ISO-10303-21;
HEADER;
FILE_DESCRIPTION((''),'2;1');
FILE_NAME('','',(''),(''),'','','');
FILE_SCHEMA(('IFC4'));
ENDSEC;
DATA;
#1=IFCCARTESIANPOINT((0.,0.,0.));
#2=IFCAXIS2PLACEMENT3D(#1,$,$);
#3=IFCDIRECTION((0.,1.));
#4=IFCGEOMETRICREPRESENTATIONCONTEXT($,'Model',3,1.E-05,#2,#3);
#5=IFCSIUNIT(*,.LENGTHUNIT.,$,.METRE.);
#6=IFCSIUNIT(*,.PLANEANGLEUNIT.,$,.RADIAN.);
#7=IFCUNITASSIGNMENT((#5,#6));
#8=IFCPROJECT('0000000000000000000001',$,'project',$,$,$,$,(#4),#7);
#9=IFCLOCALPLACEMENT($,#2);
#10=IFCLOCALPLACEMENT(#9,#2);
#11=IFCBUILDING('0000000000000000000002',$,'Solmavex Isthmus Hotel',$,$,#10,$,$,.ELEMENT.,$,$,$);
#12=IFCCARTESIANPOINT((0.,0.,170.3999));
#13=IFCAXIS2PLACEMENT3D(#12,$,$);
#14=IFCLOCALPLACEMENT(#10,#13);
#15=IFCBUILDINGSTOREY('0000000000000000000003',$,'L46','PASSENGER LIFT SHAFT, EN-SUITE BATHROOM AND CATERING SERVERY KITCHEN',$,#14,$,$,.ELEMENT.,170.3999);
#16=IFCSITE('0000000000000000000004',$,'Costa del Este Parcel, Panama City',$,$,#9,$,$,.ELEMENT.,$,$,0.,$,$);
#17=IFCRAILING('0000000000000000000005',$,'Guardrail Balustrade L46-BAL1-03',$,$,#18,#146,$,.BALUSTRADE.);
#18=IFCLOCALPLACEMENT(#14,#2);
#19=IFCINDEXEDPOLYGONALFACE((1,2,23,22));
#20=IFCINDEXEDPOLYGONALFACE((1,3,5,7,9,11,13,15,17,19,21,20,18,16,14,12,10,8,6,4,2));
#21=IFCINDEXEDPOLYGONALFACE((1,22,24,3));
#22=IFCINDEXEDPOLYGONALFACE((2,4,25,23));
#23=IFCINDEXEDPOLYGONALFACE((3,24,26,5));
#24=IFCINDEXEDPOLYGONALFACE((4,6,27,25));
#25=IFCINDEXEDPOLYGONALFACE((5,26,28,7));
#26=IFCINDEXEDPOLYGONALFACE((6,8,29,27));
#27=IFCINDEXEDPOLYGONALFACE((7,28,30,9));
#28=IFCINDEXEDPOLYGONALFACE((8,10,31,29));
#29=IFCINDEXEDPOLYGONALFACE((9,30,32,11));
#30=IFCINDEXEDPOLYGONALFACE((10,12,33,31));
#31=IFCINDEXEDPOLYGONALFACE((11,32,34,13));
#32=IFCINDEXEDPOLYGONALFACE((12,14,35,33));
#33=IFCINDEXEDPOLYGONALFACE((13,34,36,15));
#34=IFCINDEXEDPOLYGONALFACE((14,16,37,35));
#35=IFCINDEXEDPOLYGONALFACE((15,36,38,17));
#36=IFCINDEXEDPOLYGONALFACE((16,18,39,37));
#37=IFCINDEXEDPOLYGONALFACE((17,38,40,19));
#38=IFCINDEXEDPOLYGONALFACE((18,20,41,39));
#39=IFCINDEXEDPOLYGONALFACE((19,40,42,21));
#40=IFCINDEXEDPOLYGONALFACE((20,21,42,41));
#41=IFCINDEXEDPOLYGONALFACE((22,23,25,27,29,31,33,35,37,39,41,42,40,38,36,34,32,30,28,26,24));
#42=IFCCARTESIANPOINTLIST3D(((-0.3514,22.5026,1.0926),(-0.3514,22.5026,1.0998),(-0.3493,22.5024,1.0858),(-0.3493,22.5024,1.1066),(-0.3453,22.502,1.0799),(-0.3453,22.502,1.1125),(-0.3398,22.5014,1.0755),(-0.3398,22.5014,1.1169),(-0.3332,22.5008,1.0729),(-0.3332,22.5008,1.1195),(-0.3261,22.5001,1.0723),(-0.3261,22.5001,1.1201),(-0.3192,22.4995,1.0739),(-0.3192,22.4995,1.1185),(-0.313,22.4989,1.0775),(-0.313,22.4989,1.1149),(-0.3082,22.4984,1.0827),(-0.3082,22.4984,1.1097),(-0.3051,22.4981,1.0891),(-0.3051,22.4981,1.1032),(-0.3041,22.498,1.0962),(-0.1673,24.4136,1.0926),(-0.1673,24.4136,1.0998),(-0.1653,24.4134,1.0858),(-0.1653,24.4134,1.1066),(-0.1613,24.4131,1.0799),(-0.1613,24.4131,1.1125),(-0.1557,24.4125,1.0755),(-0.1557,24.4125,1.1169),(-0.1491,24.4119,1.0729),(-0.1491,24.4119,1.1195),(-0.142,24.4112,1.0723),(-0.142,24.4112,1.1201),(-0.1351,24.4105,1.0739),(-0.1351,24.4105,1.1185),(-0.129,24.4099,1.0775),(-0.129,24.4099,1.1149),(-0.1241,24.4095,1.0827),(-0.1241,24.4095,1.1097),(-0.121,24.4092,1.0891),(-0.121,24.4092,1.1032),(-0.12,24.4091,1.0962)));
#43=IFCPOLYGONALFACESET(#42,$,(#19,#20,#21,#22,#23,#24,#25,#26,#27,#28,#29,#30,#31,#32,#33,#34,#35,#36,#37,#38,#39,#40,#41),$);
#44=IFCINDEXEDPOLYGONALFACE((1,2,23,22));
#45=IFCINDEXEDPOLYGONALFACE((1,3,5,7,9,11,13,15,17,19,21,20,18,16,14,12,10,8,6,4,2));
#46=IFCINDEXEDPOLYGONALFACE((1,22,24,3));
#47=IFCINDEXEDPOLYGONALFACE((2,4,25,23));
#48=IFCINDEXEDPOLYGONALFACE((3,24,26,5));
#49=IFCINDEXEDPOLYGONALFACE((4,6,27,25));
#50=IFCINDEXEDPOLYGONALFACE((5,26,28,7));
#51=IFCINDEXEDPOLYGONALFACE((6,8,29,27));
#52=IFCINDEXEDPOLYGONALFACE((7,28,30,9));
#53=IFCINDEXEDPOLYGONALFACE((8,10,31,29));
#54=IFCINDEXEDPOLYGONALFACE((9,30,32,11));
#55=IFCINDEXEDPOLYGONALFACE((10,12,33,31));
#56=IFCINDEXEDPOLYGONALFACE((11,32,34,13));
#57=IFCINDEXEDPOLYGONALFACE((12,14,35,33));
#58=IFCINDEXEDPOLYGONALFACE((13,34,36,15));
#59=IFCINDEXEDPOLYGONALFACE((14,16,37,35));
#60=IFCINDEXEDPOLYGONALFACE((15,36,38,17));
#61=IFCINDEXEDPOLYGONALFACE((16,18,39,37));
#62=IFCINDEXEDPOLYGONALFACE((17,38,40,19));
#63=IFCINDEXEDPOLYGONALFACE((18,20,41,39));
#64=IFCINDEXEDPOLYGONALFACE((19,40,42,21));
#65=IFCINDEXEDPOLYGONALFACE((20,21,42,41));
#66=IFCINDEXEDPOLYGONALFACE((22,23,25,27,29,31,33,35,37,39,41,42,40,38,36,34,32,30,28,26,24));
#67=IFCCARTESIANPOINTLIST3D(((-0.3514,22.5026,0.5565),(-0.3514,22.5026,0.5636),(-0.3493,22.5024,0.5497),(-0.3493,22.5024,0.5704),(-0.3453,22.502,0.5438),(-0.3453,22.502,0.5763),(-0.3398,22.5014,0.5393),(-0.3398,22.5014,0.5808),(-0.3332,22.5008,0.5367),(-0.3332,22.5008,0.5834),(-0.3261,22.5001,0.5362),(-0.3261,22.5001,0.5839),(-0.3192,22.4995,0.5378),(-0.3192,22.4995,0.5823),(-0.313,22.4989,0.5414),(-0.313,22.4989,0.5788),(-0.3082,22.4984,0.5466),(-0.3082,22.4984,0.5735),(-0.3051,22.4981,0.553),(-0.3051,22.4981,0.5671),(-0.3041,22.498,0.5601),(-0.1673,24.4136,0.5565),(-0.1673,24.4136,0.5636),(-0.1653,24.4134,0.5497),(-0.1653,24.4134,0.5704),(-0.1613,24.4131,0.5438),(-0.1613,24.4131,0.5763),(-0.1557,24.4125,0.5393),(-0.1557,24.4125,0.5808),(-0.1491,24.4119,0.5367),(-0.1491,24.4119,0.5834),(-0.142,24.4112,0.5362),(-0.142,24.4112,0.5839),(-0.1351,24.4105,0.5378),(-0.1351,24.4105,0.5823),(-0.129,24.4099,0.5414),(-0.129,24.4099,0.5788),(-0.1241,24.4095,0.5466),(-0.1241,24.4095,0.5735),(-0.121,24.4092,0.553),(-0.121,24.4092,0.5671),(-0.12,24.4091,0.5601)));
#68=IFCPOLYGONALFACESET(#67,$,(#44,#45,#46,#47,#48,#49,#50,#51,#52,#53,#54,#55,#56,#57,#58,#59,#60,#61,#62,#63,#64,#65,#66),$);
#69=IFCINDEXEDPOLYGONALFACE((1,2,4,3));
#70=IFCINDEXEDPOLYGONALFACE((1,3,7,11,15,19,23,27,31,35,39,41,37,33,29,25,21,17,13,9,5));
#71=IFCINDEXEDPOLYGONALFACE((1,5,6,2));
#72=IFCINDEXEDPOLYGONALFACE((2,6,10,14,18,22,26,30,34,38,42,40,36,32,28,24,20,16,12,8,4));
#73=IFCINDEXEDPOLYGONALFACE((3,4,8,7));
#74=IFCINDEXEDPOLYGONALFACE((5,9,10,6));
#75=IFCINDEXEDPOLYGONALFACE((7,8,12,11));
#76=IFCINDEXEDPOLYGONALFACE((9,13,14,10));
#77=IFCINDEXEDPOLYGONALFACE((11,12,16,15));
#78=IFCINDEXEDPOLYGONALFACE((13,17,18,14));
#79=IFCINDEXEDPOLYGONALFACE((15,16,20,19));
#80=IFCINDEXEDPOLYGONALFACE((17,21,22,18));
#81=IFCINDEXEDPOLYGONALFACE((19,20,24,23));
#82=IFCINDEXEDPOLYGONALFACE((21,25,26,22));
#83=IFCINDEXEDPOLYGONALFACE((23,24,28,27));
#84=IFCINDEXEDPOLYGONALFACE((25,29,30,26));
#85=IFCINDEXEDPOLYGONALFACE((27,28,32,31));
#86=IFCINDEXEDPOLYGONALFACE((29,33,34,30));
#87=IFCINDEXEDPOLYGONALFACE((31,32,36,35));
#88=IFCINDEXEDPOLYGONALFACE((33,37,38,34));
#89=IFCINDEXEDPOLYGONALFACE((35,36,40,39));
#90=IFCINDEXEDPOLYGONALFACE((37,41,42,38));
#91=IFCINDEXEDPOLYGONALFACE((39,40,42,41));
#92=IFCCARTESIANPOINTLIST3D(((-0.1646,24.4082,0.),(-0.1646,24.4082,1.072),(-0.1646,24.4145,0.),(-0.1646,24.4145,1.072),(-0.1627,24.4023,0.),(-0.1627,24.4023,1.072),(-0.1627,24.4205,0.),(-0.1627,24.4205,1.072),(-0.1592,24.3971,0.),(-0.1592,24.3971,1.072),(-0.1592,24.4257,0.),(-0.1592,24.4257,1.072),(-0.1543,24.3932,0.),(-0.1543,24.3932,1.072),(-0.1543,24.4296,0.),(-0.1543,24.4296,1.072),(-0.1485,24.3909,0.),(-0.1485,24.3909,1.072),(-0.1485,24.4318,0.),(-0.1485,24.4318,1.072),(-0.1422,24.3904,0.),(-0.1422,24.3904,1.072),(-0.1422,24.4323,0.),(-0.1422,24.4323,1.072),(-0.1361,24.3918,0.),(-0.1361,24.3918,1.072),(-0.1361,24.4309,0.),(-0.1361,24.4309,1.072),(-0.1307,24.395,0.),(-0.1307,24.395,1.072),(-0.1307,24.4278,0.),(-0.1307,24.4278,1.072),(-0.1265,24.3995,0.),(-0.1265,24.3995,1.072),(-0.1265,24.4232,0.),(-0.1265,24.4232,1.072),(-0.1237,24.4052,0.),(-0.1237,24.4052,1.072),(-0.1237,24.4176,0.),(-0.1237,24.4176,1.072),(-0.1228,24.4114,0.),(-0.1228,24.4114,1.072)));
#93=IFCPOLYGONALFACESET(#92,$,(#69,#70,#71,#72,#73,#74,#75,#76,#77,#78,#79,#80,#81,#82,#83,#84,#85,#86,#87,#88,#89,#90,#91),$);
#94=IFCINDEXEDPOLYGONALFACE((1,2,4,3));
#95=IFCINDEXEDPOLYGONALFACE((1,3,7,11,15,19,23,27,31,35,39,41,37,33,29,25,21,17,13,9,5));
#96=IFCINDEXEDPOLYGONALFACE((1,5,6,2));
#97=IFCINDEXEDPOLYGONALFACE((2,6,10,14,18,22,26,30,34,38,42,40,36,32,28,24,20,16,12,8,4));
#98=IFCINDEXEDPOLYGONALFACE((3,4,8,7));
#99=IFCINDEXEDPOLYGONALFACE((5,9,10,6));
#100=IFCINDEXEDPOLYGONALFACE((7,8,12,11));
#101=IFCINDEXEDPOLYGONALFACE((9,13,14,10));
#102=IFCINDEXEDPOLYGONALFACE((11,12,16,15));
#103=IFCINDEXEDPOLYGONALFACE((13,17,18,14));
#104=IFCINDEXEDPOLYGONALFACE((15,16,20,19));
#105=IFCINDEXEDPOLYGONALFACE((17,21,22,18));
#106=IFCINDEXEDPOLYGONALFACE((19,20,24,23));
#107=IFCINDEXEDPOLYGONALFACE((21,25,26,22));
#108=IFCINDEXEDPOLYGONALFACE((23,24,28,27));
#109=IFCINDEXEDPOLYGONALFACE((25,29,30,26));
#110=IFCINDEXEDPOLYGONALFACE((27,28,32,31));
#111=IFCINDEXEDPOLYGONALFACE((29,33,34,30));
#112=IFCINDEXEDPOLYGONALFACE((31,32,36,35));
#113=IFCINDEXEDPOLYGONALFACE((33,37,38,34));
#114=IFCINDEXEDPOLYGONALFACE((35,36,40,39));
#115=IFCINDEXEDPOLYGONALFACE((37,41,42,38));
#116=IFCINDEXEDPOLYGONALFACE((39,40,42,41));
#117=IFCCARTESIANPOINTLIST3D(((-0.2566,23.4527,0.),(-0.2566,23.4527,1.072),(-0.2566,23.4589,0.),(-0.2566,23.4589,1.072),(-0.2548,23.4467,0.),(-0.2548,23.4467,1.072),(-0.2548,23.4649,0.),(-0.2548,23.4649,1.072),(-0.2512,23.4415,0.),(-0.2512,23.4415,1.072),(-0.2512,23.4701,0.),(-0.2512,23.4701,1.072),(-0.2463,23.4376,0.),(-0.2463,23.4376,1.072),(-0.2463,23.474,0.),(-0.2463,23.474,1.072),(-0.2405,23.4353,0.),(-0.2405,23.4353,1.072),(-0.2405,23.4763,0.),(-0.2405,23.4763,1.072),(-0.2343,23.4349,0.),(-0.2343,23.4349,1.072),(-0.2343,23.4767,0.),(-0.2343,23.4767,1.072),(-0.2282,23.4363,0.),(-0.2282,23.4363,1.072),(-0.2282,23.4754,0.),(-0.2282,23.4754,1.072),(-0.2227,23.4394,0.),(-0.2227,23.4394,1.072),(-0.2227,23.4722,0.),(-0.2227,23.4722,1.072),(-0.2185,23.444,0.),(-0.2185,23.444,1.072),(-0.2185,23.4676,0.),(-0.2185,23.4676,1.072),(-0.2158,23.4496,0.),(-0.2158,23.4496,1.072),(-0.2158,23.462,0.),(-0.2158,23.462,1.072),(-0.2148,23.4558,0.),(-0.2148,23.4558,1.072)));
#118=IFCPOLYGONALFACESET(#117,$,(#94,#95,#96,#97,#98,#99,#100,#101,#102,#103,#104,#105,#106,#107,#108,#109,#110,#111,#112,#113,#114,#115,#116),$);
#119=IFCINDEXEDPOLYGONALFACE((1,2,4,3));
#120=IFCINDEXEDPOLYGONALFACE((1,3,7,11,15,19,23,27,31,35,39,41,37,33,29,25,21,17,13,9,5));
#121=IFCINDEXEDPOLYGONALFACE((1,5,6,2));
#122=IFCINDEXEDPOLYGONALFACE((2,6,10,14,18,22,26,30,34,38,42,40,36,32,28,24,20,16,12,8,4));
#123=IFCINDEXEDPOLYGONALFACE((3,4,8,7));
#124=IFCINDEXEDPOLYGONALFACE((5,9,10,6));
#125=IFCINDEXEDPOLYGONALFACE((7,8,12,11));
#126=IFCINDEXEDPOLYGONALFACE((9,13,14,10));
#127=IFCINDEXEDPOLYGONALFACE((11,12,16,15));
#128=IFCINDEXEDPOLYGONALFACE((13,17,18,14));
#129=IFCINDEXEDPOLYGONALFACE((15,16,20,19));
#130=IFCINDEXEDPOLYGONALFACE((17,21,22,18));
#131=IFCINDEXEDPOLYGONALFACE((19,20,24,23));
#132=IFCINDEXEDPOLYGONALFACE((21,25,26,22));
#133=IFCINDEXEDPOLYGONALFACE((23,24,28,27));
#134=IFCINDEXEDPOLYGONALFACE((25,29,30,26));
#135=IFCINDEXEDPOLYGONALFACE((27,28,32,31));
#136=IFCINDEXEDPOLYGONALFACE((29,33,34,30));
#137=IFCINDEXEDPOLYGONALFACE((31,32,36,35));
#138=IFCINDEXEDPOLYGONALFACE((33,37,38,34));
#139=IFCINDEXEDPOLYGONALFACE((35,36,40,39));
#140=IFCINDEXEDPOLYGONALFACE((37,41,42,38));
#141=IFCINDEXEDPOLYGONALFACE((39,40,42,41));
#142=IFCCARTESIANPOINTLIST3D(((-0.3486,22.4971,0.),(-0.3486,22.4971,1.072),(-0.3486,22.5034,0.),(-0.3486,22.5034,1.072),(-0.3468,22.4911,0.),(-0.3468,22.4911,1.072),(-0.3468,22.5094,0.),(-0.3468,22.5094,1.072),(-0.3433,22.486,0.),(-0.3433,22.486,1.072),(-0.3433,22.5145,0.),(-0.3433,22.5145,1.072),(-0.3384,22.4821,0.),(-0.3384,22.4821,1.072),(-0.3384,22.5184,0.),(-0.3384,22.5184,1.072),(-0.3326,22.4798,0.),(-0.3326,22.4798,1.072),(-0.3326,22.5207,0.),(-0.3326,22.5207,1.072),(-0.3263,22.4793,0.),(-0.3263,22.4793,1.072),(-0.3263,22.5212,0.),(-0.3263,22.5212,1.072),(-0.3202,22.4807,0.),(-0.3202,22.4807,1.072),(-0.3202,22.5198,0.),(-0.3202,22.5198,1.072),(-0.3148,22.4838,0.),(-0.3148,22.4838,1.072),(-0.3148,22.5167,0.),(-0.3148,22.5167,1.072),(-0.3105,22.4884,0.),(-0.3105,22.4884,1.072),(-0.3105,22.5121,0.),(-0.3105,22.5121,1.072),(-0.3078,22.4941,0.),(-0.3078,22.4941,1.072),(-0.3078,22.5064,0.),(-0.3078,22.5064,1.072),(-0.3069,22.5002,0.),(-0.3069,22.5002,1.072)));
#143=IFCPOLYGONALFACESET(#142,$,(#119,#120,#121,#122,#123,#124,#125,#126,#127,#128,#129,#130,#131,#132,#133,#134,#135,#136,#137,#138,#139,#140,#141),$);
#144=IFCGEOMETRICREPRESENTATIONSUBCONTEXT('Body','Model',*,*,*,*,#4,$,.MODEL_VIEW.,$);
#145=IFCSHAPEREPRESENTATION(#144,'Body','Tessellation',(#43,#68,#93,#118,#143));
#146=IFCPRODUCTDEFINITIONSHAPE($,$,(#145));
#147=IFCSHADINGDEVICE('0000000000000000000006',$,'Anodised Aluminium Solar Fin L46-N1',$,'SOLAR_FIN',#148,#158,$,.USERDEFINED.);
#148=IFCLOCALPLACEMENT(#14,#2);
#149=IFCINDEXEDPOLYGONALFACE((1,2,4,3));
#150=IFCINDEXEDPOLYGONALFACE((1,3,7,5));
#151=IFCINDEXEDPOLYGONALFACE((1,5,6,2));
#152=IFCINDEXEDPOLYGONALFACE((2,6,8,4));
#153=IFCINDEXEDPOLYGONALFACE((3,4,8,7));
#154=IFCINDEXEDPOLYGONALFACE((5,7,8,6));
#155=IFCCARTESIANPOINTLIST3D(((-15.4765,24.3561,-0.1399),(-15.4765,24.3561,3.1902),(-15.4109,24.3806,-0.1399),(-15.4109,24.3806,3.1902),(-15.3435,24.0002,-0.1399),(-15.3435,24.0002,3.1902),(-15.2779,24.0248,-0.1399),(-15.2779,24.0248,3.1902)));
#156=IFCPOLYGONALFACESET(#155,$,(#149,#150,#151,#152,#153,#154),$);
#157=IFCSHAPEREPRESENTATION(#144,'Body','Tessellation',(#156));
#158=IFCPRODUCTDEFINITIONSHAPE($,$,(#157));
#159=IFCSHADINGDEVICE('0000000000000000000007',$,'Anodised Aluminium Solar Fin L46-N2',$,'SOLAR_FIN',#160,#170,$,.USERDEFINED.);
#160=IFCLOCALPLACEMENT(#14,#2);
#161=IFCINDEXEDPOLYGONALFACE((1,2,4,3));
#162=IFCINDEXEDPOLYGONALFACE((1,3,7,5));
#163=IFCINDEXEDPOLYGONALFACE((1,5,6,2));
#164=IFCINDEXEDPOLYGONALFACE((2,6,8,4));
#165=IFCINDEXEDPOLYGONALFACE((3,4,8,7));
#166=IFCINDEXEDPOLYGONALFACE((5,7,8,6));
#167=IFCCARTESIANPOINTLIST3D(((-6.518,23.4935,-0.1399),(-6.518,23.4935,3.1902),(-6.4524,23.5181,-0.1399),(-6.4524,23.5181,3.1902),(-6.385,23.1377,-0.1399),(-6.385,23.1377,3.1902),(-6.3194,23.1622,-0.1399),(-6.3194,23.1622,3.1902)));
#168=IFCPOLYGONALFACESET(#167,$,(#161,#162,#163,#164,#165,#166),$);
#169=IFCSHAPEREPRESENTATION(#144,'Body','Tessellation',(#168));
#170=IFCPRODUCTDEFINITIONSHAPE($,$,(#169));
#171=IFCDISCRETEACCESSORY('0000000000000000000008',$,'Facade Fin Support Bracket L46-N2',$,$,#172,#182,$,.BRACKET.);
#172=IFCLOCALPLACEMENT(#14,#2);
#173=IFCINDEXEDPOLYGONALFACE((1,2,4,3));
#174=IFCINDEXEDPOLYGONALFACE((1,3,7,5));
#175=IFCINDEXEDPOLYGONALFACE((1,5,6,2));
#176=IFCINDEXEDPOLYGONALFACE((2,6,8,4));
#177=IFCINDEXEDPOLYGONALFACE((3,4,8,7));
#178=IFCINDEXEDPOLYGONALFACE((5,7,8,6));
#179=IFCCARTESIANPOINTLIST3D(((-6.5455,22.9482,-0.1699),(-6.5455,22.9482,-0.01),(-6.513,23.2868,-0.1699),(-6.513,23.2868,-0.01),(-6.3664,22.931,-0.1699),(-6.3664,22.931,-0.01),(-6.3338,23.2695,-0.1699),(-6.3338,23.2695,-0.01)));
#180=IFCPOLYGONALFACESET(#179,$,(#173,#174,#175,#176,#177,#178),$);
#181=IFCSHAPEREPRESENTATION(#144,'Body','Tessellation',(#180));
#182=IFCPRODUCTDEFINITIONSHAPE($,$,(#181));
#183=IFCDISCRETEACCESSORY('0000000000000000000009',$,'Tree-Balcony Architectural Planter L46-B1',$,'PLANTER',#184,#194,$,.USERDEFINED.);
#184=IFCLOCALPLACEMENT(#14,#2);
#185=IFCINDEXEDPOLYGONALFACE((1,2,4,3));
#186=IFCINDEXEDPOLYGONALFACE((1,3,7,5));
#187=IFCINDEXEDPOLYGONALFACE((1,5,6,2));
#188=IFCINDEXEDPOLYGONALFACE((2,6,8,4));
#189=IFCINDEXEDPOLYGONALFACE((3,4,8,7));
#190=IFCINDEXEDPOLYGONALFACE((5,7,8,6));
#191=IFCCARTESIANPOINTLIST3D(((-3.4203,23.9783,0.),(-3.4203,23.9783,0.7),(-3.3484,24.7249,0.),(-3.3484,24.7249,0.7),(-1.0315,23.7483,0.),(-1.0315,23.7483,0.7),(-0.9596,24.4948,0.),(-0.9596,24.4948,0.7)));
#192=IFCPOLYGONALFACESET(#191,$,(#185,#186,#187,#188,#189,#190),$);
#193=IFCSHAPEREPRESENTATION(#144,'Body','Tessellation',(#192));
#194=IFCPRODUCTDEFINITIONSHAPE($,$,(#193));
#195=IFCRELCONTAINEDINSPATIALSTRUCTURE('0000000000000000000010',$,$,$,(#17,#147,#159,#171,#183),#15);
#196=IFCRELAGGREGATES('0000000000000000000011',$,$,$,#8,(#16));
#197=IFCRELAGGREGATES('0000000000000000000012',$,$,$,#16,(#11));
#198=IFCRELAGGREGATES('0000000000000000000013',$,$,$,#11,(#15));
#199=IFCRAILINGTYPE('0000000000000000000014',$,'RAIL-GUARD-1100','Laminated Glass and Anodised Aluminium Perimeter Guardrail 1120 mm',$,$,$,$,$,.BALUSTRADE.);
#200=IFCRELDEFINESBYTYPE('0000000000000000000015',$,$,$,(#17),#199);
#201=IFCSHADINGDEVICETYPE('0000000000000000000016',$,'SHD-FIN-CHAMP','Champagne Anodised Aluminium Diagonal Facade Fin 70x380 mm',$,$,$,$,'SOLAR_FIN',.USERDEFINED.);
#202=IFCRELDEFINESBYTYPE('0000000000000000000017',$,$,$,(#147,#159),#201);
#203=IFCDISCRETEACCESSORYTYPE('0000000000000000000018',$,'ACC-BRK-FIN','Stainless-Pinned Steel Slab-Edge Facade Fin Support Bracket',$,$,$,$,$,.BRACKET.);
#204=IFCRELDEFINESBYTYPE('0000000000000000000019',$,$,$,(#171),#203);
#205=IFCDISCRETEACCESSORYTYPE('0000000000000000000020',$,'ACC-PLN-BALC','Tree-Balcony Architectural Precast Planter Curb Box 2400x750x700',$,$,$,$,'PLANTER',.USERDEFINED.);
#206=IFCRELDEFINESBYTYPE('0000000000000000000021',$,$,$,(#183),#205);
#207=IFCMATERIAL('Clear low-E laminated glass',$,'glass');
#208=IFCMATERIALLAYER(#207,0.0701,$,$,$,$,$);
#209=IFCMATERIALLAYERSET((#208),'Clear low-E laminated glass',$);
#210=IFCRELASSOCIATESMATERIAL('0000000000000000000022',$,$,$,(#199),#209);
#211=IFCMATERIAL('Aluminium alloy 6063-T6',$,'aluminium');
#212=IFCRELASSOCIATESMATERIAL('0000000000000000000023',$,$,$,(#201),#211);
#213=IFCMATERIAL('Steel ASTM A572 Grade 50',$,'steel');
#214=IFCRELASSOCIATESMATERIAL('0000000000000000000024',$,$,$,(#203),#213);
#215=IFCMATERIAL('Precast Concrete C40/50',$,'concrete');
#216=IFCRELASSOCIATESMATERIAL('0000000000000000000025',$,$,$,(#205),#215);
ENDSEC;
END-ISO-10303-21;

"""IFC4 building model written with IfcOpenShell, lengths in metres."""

from ifc_helpers import new_model, si_unit, direction, frame, origin, origin_2d, place, context, subcontext, project, spatial, rectangle, circle, extrude, material, layer, layer_set, type_object, element, save


model = new_model("IFC4")

# Units and contexts
model_context = context("Model", 3, precision=1e-05, world=origin(), true_north=direction((0.0, 1.0)))
body_context = subcontext(model_context, "Body", "Model", "MODEL_VIEW")
ifc_project = project(units=[si_unit("LENGTHUNIT", "METRE"), si_unit("PLANEANGLEUNIT", "RADIAN")], contexts=[model_context])

# Site, building, storey
site_placement = place(None, origin())
site = spatial("IfcSite", under=ifc_project, at=site_placement, Name="Costa del Este Parcel, Panama City", CompositionType="ELEMENT", RefElevation=0.0)
building_placement = place(site_placement, origin())
building = spatial("IfcBuilding", under=site, at=building_placement, Name="Solmavex Isthmus Hotel", CompositionType="ELEMENT")
storey_placement = place(building_placement, frame((0.0, 0.0, 170.3999)))
storey = spatial("IfcBuildingStorey", under=building, at=storey_placement, Name="L46", Description="PASSENGER LIFT SHAFT, EN-SUITE BATHROOM AND CATERING SERVERY KITCHEN", CompositionType="ELEMENT", Elevation=170.3999)

# Shared definitions
ifc_material_1 = material(Name="Aluminium alloy 6063-T6", Category="aluminium")

# Shared definitions
ifc_material_2 = material(Name="Clear low-E laminated glass", Category="glass")

# Shared definitions
ifc_material_3 = material(Name="Precast Concrete C40/50", Category="concrete")

# Railing
ifc_layer_1 = layer(ifc_material_2, 0.0701)
ifc_layer_set_1 = layer_set([ifc_layer_1], Name="Clear low-E laminated glass")
railing_type = type_object("IfcRailingType", Name="RAIL-GUARD-1100", Description="Laminated Glass and Anodised Aluminium Perimeter Guardrail 1120 mm", PredefinedType="BALUSTRADE", material=ifc_layer_set_1)
railing_1_placement = place(storey_placement, frame((-0.1438, 24.4114, 0.0)))
element("IfcRailing", 1, at=railing_1_placement, inside=storey, type_object=railing_type, Name="Guardrail Balustrade L46-BAL1-03", PredefinedType="BALUSTRADE", context=body_context, shape_type="SweptSolid", body=[
    extrude(circle(Radius=0.0239, at=origin_2d()), frame((0.0, 0.0, 1.0962), z_axis=(-0.095877, -0.995393, 0.0), x_axis=(0.995393, -0.095877, 0.0)), (0.0, 0.0, 1.0), 1.9199),
    extrude(circle(Radius=0.0239, at=origin_2d()), frame((0.0, 0.0, 0.5601), z_axis=(-0.095877, -0.995393, 0.0), x_axis=(0.995393, -0.095877, 0.0)), (0.0, 0.0, 1.0), 1.9199),
    extrude(circle(Radius=0.021, at=origin_2d()), origin(), (0.0, 0.0, 1.0), 1.072),
    extrude(circle(Radius=0.021, at=origin_2d()), frame((-0.092, -0.9556, 0.0)), (0.0, 0.0, 1.0), 1.072),
    extrude(circle(Radius=0.021, at=origin_2d()), frame((-0.1841, -1.9111, 0.0)), (0.0, 0.0, 1.0), 1.072),
])

# Shading devices
shading_device_type = type_object("IfcShadingDeviceType", Name="SHD-FIN-CHAMP", Description="Champagne Anodised Aluminium Diagonal Facade Fin 70x380 mm", ElementType="SOLAR_FIN", PredefinedType="USERDEFINED", material=ifc_material_1)
for number, where, z_axis, x_axis, name in (
    (2, (-15.3772, 24.1904, -0.1399), (0.0, 0.0, 1.0), (-0.350207, 0.936672, 0.0), "Anodised Aluminium Solar Fin L46-N1"),
    (3, (-6.4187, 23.3279, -0.1399), (0.0, 0.0, 1.0), (-0.350207, 0.936672, 0.0), "Anodised Aluminium Solar Fin L46-N2"),
):
    element("IfcShadingDevice", number, at=place(storey_placement, frame(where, z_axis=z_axis, x_axis=x_axis)), inside=storey, type_object=shading_device_type, Name=name, ObjectType="SOLAR_FIN", PredefinedType="USERDEFINED", context=body_context, shape_type="SweptSolid", body=[
        extrude(rectangle(XDim=0.3799, YDim=0.0701, at=origin_2d()), origin(), (0.0, 0.0, 1.0), 3.3301),
    ])

# Discrete accessories
ifc_material_4 = material(Name="Steel ASTM A572 Grade 50", Category="steel")
discrete_accessory_type_1 = type_object("IfcDiscreteAccessoryType", Name="ACC-BRK-FIN", Description="Stainless-Pinned Steel Slab-Edge Facade Fin Support Bracket", PredefinedType="BRACKET", material=ifc_material_4)
discrete_accessory_1_placement = place(storey_placement, frame((-6.4397, 23.1089, -0.1699), z_axis=(0.0, 0.0, 1.0), x_axis=(0.095846, 0.995396, 0.0)))
element("IfcDiscreteAccessory", 4, at=discrete_accessory_1_placement, inside=storey, type_object=discrete_accessory_type_1, Name="Facade Fin Support Bracket L46-N2", PredefinedType="BRACKET", context=body_context, shape_type="SweptSolid", body=[
    extrude(rectangle(XDim=0.3401, YDim=0.1799, at=origin_2d()), origin(), (0.0, 0.0, 1.0), 0.1599),
])
discrete_accessory_type_2 = type_object("IfcDiscreteAccessoryType", Name="ACC-PLN-BALC", Description="Tree-Balcony Architectural Precast Planter Curb Box 2400x750x700", ElementType="PLANTER", PredefinedType="USERDEFINED", material=ifc_material_3)
discrete_accessory_2_placement = place(storey_placement, frame((-2.1899, 24.2366, 0.0), z_axis=(0.0, 0.0, 1.0), x_axis=(0.995396, -0.095846, 0.0)))
element("IfcDiscreteAccessory", 5, at=discrete_accessory_2_placement, inside=storey, type_object=discrete_accessory_type_2, Name="Tree-Balcony Architectural Planter L46-B1", ObjectType="PLANTER", PredefinedType="USERDEFINED", context=body_context, shape_type="SweptSolid", body=[
    extrude(rectangle(XDim=2.3999, YDim=0.75, at=origin_2d()), origin(), (0.0, 0.0, 1.0), 0.7),
])

save(model, "model.ifc")
